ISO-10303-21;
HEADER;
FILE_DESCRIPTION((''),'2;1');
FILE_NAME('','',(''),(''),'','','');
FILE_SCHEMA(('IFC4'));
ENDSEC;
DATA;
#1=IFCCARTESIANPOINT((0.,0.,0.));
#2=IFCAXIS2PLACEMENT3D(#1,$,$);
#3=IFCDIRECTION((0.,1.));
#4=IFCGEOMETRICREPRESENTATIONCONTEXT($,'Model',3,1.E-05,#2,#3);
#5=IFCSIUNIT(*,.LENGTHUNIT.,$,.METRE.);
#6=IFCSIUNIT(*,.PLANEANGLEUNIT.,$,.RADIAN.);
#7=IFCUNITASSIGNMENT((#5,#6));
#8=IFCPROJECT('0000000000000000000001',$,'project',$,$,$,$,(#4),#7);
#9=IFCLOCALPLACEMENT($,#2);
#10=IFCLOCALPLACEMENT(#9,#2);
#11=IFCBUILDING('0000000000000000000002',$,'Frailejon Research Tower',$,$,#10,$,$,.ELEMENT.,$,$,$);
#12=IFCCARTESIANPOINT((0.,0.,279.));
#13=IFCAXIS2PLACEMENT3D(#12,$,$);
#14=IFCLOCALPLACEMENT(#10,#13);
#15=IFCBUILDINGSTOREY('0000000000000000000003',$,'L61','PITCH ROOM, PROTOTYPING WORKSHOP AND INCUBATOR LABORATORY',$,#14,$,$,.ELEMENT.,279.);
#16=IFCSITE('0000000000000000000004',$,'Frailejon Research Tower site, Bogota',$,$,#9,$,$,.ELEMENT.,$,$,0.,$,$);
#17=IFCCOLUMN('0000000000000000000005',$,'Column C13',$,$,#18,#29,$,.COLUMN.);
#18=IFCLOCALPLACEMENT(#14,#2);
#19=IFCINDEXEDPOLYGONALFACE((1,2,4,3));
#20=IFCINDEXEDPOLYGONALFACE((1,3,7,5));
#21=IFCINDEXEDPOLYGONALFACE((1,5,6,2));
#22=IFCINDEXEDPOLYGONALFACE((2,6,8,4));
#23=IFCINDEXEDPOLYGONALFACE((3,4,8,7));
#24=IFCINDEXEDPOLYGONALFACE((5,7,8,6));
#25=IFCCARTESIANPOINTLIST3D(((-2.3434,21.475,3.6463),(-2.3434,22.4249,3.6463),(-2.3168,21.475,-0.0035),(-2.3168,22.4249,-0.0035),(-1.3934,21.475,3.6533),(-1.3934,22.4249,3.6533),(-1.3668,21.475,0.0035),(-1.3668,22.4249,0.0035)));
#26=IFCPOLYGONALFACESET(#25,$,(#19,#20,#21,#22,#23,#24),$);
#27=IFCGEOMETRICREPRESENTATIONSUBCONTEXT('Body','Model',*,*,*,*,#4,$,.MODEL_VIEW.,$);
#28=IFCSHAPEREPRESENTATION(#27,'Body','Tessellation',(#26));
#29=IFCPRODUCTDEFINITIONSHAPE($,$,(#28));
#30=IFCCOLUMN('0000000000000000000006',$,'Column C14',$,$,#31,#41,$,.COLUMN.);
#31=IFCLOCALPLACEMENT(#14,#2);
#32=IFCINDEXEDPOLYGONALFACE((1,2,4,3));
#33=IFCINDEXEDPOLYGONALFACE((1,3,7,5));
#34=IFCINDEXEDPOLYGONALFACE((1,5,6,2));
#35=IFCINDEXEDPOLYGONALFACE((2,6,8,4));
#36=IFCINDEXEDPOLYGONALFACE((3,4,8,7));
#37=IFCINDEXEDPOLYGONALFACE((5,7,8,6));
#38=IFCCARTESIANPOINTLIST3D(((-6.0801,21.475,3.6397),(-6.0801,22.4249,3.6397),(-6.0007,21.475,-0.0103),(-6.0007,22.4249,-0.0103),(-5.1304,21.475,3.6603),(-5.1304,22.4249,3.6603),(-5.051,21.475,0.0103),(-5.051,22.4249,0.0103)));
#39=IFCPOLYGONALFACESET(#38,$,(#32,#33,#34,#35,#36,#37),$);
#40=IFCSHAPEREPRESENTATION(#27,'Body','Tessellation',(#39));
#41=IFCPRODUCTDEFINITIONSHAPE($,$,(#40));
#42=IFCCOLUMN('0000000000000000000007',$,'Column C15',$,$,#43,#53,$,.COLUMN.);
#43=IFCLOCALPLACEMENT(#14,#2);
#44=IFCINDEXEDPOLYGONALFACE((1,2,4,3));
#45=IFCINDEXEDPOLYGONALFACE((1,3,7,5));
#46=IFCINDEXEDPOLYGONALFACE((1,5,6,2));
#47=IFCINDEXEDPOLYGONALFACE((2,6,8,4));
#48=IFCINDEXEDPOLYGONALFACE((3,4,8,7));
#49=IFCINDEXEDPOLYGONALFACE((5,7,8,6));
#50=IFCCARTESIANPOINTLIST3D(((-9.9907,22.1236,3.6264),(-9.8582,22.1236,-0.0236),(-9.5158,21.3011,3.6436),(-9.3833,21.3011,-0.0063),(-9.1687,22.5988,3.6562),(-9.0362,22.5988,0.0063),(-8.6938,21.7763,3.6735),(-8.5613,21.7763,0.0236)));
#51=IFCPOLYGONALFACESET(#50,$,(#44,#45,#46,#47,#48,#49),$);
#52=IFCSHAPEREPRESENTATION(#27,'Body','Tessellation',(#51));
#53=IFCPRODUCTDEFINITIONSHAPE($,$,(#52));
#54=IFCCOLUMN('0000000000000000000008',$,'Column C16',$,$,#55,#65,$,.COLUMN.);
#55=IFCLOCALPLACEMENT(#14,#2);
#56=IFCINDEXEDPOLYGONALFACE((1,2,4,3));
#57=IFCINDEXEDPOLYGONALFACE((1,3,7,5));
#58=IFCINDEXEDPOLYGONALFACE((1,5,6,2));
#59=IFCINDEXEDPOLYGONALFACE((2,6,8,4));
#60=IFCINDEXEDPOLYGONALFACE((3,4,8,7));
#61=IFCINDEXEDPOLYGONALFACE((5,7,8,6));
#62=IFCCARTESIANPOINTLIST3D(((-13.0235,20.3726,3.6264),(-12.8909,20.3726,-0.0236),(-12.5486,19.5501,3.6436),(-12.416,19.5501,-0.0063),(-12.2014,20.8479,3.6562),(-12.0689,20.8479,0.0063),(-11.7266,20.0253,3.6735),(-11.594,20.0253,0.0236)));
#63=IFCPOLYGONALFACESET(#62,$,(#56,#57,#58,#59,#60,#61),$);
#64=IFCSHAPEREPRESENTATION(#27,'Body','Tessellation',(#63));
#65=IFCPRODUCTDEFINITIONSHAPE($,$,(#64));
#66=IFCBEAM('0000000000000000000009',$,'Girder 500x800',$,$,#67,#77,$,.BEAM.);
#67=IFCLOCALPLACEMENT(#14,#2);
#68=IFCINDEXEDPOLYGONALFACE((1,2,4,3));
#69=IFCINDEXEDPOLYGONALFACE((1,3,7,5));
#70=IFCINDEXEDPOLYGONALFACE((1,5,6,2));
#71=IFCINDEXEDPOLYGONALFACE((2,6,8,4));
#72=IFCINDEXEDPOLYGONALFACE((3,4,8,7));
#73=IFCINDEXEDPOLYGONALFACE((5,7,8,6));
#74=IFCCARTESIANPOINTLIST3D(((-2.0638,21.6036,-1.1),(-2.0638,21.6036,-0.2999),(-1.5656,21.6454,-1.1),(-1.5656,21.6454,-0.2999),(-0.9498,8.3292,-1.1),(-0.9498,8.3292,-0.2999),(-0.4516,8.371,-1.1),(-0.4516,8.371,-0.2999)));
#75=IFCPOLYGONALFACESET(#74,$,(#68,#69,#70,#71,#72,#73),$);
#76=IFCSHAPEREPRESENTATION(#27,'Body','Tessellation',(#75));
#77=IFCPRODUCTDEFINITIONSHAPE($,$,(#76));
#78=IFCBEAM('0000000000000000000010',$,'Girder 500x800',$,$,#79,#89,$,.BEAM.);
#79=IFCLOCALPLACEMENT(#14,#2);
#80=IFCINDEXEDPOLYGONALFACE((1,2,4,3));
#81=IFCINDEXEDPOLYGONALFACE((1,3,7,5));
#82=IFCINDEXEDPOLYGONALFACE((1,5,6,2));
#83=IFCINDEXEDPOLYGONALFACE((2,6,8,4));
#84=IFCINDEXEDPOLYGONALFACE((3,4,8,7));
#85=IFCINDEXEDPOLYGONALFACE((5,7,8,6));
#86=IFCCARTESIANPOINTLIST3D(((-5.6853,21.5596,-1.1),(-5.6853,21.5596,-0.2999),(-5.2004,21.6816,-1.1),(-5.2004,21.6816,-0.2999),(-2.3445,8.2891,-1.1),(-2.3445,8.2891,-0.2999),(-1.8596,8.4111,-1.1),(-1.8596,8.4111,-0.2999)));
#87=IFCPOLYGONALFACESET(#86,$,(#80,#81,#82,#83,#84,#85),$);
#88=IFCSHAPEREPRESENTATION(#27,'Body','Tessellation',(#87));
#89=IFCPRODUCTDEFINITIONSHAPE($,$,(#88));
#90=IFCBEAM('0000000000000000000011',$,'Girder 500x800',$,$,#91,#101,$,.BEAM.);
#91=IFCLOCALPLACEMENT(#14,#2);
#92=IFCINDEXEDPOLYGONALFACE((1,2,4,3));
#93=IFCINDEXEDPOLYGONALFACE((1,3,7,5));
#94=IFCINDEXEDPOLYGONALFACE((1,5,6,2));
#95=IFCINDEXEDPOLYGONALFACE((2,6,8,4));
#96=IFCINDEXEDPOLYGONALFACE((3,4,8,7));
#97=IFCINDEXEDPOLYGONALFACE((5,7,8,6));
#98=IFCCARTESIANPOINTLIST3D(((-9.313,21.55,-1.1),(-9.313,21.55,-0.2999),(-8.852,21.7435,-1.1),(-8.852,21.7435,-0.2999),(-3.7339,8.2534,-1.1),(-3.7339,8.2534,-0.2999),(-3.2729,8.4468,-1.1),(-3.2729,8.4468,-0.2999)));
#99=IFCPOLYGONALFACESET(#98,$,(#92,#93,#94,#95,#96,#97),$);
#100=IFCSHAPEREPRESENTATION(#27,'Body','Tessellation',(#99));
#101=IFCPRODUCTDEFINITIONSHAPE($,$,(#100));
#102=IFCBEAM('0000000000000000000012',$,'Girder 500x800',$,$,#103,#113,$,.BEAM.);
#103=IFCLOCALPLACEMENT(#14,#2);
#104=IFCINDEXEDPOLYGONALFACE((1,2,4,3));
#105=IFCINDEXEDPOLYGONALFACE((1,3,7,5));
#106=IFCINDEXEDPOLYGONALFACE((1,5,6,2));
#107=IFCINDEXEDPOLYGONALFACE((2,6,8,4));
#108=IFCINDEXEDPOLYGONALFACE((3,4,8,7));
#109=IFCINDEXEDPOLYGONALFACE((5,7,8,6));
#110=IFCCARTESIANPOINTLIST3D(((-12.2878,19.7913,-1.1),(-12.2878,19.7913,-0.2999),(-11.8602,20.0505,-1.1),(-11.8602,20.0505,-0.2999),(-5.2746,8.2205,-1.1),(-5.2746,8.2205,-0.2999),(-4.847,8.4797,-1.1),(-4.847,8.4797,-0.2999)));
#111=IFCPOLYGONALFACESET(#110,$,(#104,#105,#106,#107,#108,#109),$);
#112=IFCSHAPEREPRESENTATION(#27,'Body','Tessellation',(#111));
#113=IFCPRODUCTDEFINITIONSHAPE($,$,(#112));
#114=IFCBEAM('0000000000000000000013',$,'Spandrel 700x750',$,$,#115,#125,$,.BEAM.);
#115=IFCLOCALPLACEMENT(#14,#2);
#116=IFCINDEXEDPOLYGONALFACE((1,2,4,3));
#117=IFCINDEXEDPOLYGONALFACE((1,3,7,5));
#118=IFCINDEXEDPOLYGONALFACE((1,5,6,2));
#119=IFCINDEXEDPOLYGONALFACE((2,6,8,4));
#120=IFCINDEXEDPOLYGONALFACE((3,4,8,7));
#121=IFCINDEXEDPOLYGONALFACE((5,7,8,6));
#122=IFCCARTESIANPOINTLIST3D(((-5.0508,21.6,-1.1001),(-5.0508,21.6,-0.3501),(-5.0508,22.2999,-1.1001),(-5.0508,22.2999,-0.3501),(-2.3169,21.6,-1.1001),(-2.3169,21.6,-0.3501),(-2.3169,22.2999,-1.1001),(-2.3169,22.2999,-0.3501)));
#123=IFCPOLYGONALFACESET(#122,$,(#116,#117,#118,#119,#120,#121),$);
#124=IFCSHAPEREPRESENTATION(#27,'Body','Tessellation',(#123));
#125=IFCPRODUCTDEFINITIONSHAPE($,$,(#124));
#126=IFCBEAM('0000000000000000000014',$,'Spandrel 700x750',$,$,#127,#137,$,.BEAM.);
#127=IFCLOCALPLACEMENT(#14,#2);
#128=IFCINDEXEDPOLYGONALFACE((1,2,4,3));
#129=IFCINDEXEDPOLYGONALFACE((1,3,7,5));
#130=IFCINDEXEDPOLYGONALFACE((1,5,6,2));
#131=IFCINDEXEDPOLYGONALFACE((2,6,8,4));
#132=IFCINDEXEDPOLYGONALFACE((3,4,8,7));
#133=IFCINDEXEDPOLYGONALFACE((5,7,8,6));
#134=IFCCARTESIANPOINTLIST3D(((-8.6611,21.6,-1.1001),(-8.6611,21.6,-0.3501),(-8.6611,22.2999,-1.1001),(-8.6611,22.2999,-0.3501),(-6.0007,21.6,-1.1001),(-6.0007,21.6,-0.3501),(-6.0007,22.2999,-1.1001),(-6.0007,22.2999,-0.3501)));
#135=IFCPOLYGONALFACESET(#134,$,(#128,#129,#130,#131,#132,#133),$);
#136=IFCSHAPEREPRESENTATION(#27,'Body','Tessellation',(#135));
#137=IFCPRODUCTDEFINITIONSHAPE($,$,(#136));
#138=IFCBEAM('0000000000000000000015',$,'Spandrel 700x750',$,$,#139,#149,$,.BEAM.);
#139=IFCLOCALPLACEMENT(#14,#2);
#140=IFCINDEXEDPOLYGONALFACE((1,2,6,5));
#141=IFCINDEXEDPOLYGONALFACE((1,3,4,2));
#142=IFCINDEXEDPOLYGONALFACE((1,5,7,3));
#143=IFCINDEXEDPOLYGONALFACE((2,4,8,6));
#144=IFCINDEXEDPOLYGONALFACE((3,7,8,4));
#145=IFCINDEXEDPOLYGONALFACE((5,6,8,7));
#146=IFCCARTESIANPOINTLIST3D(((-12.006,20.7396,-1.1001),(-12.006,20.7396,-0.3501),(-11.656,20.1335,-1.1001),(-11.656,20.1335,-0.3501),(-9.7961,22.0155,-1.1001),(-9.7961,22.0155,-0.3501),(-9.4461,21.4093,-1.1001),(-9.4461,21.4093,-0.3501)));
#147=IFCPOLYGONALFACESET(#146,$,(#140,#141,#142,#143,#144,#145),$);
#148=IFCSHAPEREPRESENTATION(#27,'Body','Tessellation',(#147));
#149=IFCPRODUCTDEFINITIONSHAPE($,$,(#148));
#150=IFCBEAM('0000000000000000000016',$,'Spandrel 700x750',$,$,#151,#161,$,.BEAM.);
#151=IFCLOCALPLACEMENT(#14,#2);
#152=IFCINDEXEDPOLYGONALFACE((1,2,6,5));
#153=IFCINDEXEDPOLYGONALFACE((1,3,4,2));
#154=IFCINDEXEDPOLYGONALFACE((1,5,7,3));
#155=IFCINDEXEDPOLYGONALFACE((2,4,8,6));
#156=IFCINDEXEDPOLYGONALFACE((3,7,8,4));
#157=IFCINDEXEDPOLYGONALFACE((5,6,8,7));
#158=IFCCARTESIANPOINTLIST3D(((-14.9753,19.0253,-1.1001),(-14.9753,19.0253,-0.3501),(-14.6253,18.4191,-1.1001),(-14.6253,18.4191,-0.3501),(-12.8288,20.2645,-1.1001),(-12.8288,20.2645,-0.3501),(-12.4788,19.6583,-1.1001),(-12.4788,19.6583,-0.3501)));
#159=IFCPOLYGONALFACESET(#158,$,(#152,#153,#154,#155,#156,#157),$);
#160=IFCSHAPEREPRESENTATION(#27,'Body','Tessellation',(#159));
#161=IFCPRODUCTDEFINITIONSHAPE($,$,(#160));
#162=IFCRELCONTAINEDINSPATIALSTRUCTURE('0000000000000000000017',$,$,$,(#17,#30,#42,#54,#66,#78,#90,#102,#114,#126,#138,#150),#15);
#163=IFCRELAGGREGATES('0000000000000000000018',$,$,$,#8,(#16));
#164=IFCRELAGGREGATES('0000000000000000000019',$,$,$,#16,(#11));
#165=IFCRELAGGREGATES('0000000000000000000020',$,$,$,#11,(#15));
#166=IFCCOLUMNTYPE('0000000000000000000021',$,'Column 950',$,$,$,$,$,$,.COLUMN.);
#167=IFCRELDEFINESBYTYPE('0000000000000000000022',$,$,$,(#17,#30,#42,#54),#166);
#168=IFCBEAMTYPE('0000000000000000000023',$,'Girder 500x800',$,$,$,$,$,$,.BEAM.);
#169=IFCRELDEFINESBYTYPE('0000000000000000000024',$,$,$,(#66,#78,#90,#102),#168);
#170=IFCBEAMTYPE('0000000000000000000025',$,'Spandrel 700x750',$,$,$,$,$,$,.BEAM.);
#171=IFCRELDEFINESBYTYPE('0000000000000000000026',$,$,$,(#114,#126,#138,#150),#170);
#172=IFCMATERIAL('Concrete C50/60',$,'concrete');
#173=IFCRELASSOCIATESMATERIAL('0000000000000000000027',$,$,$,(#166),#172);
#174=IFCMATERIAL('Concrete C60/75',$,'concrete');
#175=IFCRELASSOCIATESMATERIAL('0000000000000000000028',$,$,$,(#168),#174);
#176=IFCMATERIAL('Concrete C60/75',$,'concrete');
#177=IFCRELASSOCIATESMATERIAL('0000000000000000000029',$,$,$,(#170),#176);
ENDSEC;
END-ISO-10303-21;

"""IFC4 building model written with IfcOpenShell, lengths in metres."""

from ifc_helpers import new_model, si_unit, direction, frame, origin, origin_2d, place, context, subcontext, project, spatial, rectangle, extrude, material, material_profile, profile_set, type_object, element, save


model = new_model("IFC4")

# Units and contexts
model_context = context("Model", 3, precision=1e-05, world=origin(), true_north=direction((0.0, 1.0)))
body_context = subcontext(model_context, "Body", "Model", "MODEL_VIEW")
ifc_project = project(units=[si_unit("LENGTHUNIT", "METRE"), si_unit("PLANEANGLEUNIT", "RADIAN")], contexts=[model_context])

# Site, building, storey
site_placement = place(None, origin())
site = spatial("IfcSite", under=ifc_project, at=site_placement, Name="Frailejon Research Tower site, Bogota", CompositionType="ELEMENT", RefElevation=0.0)
building_placement = place(site_placement, origin())
building = spatial("IfcBuilding", under=site, at=building_placement, Name="Frailejon Research Tower", CompositionType="ELEMENT")
storey_placement = place(building_placement, frame((0.0, 0.0, 279.0)))
storey = spatial("IfcBuildingStorey", under=building, at=storey_placement, Name="L61", Description="PITCH ROOM, PROTOTYPING WORKSHOP AND INCUBATOR LABORATORY", CompositionType="ELEMENT", Elevation=279.0)

# Columns
ifc_material_1 = material(Name="Concrete C50/60", Category="concrete")
ifc_material_profile_1 = material_profile(ifc_material_1, rectangle(XDim=0.95, YDim=0.95, at=origin_2d()), Name="Column 950")
ifc_profile_set_1 = profile_set([ifc_material_profile_1], Name="Concrete C50/60")
column_type = type_object("IfcColumnType", Name="Column 950", PredefinedType="COLUMN", material=ifc_profile_set_1)
column_1_placement = place(storey_placement, frame((-1.8418, 21.95, 0.0), z_axis=(-0.007291, 0.0, 0.999973), x_axis=(-0.999973, 0.0, -0.007291)))
element("IfcColumn", 1, at=column_1_placement, inside=storey, type_object=column_type, Name="Column C13", PredefinedType="COLUMN", context=body_context, shape_type="SweptSolid", body=[
    extrude(rectangle(XDim=0.95, YDim=0.95, at=origin_2d()), origin(), (0.0, 0.0, 1.0), 3.6499),
])
column_2_placement = place(storey_placement, frame((-5.5259, 21.95, 0.0), z_axis=(-0.021734, 0.0, 0.999764), x_axis=(-0.999764, 0.0, -0.021734)))
element("IfcColumn", 2, at=column_2_placement, inside=storey, type_object=column_type, Name="Column C14", PredefinedType="COLUMN", context=body_context, shape_type="SweptSolid", body=[
    extrude(rectangle(XDim=0.95, YDim=0.95, at=origin_2d()), origin(), (0.0, 0.0, 1.0), 3.6509),
])
for number, where, z_axis, x_axis, name in (
    (3, (-9.2097, 21.95, 0.0), (-0.036297, 0.0, 0.999341), (-0.865313, -0.500246, -0.031429), "Column C15"),
    (4, (-12.2424, 20.199, 0.0), (-0.036297, 0.0, 0.999341), (-0.865313, -0.500246, -0.031429), "Column C16"),
):
    element("IfcColumn", number, at=place(storey_placement, frame(where, z_axis=z_axis, x_axis=x_axis)), inside=storey, type_object=column_type, Name=name, PredefinedType="COLUMN", context=body_context, shape_type="SweptSolid", body=[
        extrude(rectangle(XDim=0.95, YDim=0.95, at=origin_2d()), origin(), (0.0, 0.0, 1.0), 3.6523),
    ])

# Beams
ifc_material_2 = material(Name="Concrete C60/75", Category="concrete")
ifc_material_profile_2 = material_profile(ifc_material_2, rectangle(XDim=0.5, YDim=0.8, at=origin_2d()), Name="Girder 500x800")
ifc_profile_set_2 = profile_set([ifc_material_profile_2], Name="Concrete C60/75")
beam_type_1 = type_object("IfcBeamType", Name="Girder 500x800", PredefinedType="BEAM", material=ifc_profile_set_2)
beam_1_placement = place(storey_placement, frame((-1.8147, 21.6245, -0.7), z_axis=(0.083628, -0.996497, 0.0), x_axis=(0.996497, 0.083628, 0.0)))
element("IfcBeam", 5, at=beam_1_placement, inside=storey, type_object=beam_type_1, Name="Girder 500x800", PredefinedType="BEAM", context=body_context, shape_type="SweptSolid", body=[
    extrude(rectangle(XDim=0.5, YDim=0.8, at=origin_2d()), origin(), (0.0, 0.0, 1.0), 13.321),
])
beam_2_placement = place(storey_placement, frame((-5.4429, 21.6206, -0.7), z_axis=(0.24413, -0.969742, 0.0), x_axis=(0.969742, 0.24413, 0.0)))
element("IfcBeam", 6, at=beam_2_placement, inside=storey, type_object=beam_type_1, Name="Girder 500x800", PredefinedType="BEAM", context=body_context, shape_type="SweptSolid", body=[
    extrude(rectangle(XDim=0.5, YDim=0.8, at=origin_2d()), origin(), (0.0, 0.0, 1.0), 13.6846),
])
beam_3_placement = place(storey_placement, frame((-9.0825, 21.6467, -0.7), z_axis=(0.386909, -0.922118, 0.0), x_axis=(0.922118, 0.386909, 0.0)))
element("IfcBeam", 7, at=beam_3_placement, inside=storey, type_object=beam_type_1, Name="Girder 500x800", PredefinedType="BEAM", context=body_context, shape_type="SweptSolid", body=[
    extrude(rectangle(XDim=0.5, YDim=0.8, at=origin_2d()), origin(), (0.0, 0.0, 1.0), 14.4197),
])
beam_4_placement = place(storey_placement, frame((-12.074, 19.9209, -0.7), z_axis=(0.518333, -0.855179, 0.0), x_axis=(0.855179, 0.518333, 0.0)))
element("IfcBeam", 8, at=beam_4_placement, inside=storey, type_object=beam_type_1, Name="Girder 500x800", PredefinedType="BEAM", context=body_context, shape_type="SweptSolid", body=[
    extrude(rectangle(XDim=0.5, YDim=0.8, at=origin_2d()), origin(), (0.0, 0.0, 1.0), 13.5303),
])
ifc_material_3 = material(Name="Concrete C60/75", Category="concrete")
ifc_material_profile_3 = material_profile(ifc_material_3, rectangle(XDim=0.7, YDim=0.75, at=origin_2d()), Name="Spandrel 700x750")
ifc_profile_set_3 = profile_set([ifc_material_profile_3], Name="Concrete C60/75")
beam_type_2 = type_object("IfcBeamType", Name="Spandrel 700x750", PredefinedType="BEAM", material=ifc_profile_set_3)
beam_5_placement = place(storey_placement, frame((-2.3169, 21.95, -0.7251), z_axis=(-1.0, 0.0, 0.0), x_axis=(0.0, -1.0, 0.0)))
element("IfcBeam", 9, at=beam_5_placement, inside=storey, type_object=beam_type_2, Name="Spandrel 700x750", PredefinedType="BEAM", context=body_context, shape_type="SweptSolid", body=[
    extrude(rectangle(XDim=0.7, YDim=0.75, at=origin_2d()), origin(), (0.0, 0.0, 1.0), 2.7339),
])
beam_6_placement = place(storey_placement, frame((-6.0007, 21.95, -0.7251), z_axis=(-1.0, 0.0, 0.0), x_axis=(0.0, -1.0, 0.0)))
element("IfcBeam", 10, at=beam_6_placement, inside=storey, type_object=beam_type_2, Name="Spandrel 700x750", PredefinedType="BEAM", context=body_context, shape_type="SweptSolid", body=[
    extrude(rectangle(XDim=0.7, YDim=0.75, at=origin_2d()), origin(), (0.0, 0.0, 1.0), 2.6604),
])
beam_7_placement = place(storey_placement, frame((-9.6211, 21.7124, -0.7251), z_axis=(-0.866033, -0.499987, 0.0), x_axis=(0.499987, -0.866033, 0.0)))
element("IfcBeam", 11, at=beam_7_placement, inside=storey, type_object=beam_type_2, Name="Spandrel 700x750", PredefinedType="BEAM", context=body_context, shape_type="SweptSolid", body=[
    extrude(rectangle(XDim=0.7, YDim=0.75, at=origin_2d()), origin(), (0.0, 0.0, 1.0), 2.5518),
])
beam_8_placement = place(storey_placement, frame((-12.6538, 19.9614, -0.7251), z_axis=(-0.866028, -0.499995, 0.0), x_axis=(0.499995, -0.866028, 0.0)))
element("IfcBeam", 12, at=beam_8_placement, inside=storey, type_object=beam_type_2, Name="Spandrel 700x750", PredefinedType="BEAM", context=body_context, shape_type="SweptSolid", body=[
    extrude(rectangle(XDim=0.7, YDim=0.75, at=origin_2d()), origin(), (0.0, 0.0, 1.0), 2.4785),
])

save(model, "model.ifc")
